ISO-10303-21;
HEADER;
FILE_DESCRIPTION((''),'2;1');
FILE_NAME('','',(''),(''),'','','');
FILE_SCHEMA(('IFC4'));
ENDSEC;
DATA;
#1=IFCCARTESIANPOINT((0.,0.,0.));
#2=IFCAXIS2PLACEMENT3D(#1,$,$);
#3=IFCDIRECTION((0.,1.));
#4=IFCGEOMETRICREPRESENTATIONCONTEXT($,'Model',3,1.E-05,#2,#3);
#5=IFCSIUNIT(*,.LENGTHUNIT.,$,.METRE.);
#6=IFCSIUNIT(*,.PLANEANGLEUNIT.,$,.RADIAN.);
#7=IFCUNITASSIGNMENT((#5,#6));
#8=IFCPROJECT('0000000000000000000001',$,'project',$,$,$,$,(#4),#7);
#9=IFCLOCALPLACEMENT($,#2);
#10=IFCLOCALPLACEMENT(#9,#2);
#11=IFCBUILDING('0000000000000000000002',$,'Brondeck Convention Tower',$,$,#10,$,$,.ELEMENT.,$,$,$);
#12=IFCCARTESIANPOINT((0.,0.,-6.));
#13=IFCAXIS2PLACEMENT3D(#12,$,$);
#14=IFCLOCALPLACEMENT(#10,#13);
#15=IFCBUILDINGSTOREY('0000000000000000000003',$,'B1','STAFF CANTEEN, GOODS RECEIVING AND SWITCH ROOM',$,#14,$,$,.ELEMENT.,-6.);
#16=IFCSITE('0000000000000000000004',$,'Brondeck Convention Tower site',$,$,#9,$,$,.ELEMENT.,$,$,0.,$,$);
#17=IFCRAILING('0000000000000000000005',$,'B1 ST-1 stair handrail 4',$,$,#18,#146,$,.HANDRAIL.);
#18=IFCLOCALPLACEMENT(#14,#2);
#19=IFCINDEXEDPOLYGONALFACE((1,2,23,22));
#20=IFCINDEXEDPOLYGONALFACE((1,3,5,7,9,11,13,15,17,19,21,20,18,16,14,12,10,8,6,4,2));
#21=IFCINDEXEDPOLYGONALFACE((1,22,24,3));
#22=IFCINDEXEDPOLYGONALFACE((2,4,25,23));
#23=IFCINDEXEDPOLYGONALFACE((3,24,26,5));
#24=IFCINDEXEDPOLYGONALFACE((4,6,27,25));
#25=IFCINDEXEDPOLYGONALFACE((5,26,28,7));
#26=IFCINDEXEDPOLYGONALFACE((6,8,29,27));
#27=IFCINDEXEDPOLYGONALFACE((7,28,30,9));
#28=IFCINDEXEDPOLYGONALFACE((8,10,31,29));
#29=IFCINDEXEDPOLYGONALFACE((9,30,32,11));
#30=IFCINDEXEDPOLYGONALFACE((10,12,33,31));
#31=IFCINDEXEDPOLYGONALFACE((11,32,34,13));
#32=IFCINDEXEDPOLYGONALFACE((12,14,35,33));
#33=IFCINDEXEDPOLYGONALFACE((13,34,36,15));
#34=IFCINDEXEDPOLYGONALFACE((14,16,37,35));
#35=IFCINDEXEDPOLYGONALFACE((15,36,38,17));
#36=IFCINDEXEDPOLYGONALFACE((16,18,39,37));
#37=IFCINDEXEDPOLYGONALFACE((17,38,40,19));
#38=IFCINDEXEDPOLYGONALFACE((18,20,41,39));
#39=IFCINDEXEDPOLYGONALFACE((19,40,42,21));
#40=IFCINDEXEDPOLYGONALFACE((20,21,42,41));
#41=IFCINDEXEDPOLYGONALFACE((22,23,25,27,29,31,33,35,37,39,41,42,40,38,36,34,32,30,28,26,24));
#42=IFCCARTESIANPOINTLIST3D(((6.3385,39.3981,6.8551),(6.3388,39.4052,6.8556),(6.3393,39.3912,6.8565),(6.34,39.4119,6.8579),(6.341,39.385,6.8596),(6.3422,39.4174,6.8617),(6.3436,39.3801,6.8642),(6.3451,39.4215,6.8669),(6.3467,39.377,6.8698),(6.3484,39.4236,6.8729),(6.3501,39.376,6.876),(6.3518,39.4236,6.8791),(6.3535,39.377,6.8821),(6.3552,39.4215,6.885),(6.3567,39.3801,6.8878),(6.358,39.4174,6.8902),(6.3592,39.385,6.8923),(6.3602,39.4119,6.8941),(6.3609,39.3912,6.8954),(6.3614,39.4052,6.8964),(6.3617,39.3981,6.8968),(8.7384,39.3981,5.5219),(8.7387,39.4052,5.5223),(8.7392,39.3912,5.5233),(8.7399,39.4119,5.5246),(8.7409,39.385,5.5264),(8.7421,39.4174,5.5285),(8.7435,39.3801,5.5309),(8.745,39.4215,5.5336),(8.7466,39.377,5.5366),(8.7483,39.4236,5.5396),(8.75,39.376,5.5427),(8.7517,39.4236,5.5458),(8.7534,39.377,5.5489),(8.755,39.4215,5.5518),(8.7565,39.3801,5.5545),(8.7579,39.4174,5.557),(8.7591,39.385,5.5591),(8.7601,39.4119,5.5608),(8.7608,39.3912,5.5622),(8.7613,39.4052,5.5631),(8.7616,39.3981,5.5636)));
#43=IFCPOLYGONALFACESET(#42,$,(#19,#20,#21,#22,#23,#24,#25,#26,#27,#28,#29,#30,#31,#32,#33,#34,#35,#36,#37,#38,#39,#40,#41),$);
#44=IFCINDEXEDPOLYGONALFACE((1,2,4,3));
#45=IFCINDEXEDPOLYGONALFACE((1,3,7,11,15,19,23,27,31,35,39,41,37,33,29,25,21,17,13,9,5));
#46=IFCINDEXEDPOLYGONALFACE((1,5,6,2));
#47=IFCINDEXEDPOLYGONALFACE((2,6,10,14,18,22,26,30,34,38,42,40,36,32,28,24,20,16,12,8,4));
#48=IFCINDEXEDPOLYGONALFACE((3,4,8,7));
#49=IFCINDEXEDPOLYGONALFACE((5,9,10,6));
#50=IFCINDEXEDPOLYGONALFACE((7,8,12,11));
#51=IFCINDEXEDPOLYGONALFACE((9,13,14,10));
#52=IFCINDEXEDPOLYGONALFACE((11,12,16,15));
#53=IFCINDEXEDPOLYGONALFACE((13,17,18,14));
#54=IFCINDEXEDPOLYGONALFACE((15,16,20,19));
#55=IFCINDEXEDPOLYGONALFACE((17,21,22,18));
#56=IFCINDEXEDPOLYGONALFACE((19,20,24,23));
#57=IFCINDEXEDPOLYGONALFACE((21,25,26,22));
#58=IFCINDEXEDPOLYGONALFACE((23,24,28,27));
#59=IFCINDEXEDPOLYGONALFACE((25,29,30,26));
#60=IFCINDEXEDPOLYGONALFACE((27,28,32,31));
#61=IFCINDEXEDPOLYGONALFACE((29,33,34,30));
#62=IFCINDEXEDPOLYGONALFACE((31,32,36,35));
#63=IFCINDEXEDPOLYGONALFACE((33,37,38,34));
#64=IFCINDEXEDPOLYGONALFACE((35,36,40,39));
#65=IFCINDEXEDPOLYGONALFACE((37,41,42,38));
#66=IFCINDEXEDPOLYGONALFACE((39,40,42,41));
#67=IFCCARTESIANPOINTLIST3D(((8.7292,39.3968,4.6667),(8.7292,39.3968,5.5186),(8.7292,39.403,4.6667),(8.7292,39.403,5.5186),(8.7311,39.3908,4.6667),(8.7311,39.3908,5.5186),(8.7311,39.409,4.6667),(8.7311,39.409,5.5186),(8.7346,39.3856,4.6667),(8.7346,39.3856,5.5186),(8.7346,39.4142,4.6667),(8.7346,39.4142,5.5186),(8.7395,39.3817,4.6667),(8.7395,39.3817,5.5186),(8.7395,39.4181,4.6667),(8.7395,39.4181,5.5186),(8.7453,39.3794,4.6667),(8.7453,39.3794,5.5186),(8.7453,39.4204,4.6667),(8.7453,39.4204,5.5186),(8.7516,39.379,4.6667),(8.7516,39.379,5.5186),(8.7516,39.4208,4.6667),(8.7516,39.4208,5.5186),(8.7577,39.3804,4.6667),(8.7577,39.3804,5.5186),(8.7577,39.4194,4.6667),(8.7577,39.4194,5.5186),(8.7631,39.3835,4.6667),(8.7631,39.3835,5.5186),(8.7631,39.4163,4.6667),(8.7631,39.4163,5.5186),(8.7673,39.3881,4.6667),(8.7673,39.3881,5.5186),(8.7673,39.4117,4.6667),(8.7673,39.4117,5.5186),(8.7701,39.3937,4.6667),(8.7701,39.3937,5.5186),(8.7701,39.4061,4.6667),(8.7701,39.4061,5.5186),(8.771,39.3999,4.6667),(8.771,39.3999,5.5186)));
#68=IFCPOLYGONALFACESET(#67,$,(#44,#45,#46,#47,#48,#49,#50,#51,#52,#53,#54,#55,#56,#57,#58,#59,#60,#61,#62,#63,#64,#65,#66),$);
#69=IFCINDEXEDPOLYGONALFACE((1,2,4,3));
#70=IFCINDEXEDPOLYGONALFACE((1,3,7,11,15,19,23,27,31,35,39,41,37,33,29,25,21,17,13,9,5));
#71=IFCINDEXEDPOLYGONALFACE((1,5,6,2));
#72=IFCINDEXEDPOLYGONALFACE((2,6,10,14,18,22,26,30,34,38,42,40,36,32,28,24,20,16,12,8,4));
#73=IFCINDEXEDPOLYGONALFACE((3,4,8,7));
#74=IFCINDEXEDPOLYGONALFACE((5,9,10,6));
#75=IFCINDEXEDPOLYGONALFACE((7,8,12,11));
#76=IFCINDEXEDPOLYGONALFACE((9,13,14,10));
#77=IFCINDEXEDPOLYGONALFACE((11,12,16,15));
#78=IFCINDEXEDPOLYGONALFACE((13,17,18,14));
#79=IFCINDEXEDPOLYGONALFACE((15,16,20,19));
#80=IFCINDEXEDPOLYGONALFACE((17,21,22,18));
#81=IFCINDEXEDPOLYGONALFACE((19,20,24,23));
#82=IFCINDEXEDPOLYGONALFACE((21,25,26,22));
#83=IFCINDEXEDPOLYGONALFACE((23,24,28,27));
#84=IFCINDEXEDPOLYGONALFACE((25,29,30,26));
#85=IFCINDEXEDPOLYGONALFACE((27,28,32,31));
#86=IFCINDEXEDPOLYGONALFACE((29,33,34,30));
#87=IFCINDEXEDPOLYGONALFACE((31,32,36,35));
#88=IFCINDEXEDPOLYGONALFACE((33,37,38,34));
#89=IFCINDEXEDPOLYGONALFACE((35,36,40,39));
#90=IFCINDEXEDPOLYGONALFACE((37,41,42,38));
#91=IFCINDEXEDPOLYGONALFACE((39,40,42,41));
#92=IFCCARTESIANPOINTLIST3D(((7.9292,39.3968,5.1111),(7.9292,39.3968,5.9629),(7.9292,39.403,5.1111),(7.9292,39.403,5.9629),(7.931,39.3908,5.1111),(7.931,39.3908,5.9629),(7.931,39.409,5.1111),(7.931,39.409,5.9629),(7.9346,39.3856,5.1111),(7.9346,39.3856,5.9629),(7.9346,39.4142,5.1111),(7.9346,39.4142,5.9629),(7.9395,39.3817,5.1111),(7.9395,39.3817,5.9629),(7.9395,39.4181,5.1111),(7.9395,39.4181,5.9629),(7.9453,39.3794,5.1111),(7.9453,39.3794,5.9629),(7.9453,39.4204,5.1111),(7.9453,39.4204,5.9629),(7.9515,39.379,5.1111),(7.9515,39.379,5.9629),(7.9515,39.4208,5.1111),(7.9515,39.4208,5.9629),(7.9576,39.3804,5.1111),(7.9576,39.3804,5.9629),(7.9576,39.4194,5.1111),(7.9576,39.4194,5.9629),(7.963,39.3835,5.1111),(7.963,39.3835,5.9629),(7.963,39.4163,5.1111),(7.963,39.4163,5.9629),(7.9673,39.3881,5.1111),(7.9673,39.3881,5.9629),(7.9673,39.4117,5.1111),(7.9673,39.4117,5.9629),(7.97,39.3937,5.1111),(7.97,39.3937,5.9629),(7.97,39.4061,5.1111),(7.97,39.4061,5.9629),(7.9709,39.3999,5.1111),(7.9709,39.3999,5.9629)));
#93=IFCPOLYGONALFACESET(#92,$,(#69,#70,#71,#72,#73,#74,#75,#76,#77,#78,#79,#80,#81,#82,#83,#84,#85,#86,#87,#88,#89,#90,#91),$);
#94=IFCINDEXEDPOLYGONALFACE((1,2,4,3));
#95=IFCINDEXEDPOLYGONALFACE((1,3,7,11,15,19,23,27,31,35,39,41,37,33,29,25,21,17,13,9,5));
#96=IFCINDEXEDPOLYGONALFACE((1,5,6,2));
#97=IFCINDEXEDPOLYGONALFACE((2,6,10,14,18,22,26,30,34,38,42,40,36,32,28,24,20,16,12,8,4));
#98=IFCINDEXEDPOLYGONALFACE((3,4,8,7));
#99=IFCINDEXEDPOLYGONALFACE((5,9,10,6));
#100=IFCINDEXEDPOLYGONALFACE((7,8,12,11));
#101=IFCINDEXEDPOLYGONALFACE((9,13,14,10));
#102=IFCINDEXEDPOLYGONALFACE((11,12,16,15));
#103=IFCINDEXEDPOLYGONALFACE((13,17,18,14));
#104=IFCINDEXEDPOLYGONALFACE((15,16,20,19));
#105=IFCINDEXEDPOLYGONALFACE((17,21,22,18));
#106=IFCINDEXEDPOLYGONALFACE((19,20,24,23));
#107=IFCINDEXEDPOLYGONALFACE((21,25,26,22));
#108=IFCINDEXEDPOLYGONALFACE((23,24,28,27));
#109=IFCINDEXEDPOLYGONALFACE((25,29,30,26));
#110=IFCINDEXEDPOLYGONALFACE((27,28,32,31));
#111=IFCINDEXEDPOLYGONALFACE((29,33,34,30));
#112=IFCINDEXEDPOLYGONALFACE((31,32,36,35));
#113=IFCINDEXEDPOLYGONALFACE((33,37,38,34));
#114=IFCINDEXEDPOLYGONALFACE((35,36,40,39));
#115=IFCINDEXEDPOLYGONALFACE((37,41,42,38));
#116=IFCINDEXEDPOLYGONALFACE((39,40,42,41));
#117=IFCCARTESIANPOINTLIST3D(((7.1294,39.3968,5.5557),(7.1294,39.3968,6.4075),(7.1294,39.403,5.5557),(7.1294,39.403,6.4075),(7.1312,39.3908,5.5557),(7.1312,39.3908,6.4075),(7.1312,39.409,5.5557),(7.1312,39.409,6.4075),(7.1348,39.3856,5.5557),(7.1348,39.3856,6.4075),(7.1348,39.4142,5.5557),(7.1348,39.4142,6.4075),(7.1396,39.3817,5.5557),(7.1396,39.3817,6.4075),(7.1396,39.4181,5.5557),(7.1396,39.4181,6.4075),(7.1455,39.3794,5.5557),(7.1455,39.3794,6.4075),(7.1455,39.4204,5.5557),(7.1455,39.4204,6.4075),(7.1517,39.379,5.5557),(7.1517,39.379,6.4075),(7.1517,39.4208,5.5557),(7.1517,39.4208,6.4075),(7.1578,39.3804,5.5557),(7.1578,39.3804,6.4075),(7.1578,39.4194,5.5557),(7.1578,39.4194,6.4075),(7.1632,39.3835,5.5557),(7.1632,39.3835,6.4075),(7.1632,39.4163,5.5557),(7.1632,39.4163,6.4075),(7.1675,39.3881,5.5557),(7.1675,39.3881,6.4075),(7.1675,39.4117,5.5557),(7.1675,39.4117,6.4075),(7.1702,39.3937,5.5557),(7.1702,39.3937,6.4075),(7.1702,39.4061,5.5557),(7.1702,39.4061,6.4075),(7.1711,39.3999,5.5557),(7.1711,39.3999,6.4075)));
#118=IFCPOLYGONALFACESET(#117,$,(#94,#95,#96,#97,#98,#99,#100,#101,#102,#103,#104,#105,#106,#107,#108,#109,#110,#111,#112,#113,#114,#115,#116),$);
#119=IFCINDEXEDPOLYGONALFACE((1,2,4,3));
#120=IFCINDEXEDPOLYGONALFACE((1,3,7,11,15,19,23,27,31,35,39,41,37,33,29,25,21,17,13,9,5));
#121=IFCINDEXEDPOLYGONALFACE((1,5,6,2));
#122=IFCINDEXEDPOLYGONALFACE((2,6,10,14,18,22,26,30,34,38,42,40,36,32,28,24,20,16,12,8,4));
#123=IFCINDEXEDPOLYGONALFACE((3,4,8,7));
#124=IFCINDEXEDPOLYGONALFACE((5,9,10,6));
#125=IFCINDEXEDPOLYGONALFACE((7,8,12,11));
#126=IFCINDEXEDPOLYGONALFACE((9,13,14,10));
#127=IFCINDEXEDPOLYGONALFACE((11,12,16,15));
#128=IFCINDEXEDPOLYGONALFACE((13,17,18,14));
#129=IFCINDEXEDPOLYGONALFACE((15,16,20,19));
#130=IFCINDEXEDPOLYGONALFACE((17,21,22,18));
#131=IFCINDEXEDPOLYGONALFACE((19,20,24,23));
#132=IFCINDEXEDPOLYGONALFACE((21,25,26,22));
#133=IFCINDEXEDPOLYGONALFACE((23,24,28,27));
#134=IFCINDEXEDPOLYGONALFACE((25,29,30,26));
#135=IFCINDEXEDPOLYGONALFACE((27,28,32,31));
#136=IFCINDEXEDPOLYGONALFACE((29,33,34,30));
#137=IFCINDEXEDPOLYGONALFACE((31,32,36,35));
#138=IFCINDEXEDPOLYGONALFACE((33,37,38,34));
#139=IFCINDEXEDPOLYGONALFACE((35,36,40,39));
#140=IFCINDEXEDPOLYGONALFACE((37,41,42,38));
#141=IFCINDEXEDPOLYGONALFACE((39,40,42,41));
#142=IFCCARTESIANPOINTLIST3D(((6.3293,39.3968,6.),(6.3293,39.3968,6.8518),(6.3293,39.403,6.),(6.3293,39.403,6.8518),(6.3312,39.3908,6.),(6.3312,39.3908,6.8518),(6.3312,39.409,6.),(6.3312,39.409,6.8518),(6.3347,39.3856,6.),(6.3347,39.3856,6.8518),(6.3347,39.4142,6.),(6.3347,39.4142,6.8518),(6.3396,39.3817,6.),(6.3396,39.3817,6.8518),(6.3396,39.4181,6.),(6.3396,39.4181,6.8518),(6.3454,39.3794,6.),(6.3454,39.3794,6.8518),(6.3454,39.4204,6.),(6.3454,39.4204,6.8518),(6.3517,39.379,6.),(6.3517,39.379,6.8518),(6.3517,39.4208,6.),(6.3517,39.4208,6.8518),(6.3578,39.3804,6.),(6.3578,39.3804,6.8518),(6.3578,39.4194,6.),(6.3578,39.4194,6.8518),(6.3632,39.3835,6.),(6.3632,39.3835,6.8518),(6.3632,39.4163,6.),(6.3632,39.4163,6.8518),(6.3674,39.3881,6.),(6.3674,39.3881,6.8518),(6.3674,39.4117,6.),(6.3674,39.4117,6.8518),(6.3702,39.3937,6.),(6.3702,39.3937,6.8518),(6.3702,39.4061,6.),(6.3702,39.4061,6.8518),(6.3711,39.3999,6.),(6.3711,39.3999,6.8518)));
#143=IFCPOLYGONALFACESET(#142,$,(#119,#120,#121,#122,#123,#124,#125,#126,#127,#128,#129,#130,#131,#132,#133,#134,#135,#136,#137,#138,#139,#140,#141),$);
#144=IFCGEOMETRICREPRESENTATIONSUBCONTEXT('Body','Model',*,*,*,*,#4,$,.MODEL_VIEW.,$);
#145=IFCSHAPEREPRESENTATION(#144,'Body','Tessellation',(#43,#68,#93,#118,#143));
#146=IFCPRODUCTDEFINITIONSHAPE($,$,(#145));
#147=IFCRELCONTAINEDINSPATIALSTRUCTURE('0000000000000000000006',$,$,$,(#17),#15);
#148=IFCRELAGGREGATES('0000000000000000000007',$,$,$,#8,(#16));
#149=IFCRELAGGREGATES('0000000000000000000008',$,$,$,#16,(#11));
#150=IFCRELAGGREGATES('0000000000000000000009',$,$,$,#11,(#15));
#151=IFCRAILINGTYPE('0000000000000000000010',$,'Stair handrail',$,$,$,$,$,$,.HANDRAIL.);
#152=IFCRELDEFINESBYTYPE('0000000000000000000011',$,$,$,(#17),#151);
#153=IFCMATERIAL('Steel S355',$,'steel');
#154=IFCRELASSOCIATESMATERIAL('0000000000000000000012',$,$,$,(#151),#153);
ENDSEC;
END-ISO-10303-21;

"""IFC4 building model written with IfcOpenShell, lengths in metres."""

from ifc_helpers import new_model, si_unit, direction, frame, origin, origin_2d, place, context, subcontext, project, spatial, circle, extrude, material, type_object, element, save


model = new_model("IFC4")

# Units and contexts
model_context = context("Model", 3, precision=1e-05, world=origin(), true_north=direction((0.0, 1.0)))
body_context = subcontext(model_context, "Body", "Model", "MODEL_VIEW")
ifc_project = project(units=[si_unit("LENGTHUNIT", "METRE"), si_unit("PLANEANGLEUNIT", "RADIAN")], contexts=[model_context])

# Site, building, storey
site_placement = place(None, origin())
site = spatial("IfcSite", under=ifc_project, at=site_placement, Name="Brondeck Convention Tower site", CompositionType="ELEMENT", RefElevation=0.0)
building_placement = place(site_placement, origin())
building = spatial("IfcBuilding", under=site, at=building_placement, Name="Brondeck Convention Tower", CompositionType="ELEMENT")
storey_placement = place(building_placement, frame((0.0, 0.0, -6.0)))
storey = spatial("IfcBuildingStorey", under=building, at=storey_placement, Name="B1", Description="STAFF CANTEEN, GOODS RECEIVING AND SWITCH ROOM", CompositionType="ELEMENT", Elevation=-6.0)

# Shared definitions
ifc_material_1 = material(Name="Steel S355", Category="steel")

# Railing
railing_type = type_object("IfcRailingType", Name="Stair handrail", PredefinedType="HANDRAIL", material=ifc_material_1)
for number, where, name in (
    (1, (8.75, 39.3999, 4.6667), "B1 ST-1 stair handrail 4"),
):
    element("IfcRailing", number, at=place(storey_placement, frame(where)), inside=storey, type_object=railing_type, Name=name, PredefinedType="HANDRAIL", context=body_context, shape_type="SweptSolid", body=[
        extrude(circle(Radius=0.0239, at=origin_2d()), frame((0.0, 0.0, 0.876), z_axis=(-0.874161, 0.0, 0.485635), x_axis=(0.0, -1.0, 0.0)), (0.0, 0.0, 1.0), 2.7454),
        extrude(circle(Radius=0.021, at=origin_2d()), origin(), (0.0, 0.0, 1.0), 0.8518),
        extrude(circle(Radius=0.021, at=origin_2d()), frame((-0.8, 0.0, 0.4443)), (0.0, 0.0, 1.0), 0.8518),
        extrude(circle(Radius=0.021, at=origin_2d()), frame((-1.5999, 0.0, 0.8889)), (0.0, 0.0, 1.0), 0.8518),
        extrude(circle(Radius=0.021, at=origin_2d()), frame((-2.3999, 0.0, 1.3333)), (0.0, 0.0, 1.0), 0.8518),
    ])

save(model, "model.ifc")
